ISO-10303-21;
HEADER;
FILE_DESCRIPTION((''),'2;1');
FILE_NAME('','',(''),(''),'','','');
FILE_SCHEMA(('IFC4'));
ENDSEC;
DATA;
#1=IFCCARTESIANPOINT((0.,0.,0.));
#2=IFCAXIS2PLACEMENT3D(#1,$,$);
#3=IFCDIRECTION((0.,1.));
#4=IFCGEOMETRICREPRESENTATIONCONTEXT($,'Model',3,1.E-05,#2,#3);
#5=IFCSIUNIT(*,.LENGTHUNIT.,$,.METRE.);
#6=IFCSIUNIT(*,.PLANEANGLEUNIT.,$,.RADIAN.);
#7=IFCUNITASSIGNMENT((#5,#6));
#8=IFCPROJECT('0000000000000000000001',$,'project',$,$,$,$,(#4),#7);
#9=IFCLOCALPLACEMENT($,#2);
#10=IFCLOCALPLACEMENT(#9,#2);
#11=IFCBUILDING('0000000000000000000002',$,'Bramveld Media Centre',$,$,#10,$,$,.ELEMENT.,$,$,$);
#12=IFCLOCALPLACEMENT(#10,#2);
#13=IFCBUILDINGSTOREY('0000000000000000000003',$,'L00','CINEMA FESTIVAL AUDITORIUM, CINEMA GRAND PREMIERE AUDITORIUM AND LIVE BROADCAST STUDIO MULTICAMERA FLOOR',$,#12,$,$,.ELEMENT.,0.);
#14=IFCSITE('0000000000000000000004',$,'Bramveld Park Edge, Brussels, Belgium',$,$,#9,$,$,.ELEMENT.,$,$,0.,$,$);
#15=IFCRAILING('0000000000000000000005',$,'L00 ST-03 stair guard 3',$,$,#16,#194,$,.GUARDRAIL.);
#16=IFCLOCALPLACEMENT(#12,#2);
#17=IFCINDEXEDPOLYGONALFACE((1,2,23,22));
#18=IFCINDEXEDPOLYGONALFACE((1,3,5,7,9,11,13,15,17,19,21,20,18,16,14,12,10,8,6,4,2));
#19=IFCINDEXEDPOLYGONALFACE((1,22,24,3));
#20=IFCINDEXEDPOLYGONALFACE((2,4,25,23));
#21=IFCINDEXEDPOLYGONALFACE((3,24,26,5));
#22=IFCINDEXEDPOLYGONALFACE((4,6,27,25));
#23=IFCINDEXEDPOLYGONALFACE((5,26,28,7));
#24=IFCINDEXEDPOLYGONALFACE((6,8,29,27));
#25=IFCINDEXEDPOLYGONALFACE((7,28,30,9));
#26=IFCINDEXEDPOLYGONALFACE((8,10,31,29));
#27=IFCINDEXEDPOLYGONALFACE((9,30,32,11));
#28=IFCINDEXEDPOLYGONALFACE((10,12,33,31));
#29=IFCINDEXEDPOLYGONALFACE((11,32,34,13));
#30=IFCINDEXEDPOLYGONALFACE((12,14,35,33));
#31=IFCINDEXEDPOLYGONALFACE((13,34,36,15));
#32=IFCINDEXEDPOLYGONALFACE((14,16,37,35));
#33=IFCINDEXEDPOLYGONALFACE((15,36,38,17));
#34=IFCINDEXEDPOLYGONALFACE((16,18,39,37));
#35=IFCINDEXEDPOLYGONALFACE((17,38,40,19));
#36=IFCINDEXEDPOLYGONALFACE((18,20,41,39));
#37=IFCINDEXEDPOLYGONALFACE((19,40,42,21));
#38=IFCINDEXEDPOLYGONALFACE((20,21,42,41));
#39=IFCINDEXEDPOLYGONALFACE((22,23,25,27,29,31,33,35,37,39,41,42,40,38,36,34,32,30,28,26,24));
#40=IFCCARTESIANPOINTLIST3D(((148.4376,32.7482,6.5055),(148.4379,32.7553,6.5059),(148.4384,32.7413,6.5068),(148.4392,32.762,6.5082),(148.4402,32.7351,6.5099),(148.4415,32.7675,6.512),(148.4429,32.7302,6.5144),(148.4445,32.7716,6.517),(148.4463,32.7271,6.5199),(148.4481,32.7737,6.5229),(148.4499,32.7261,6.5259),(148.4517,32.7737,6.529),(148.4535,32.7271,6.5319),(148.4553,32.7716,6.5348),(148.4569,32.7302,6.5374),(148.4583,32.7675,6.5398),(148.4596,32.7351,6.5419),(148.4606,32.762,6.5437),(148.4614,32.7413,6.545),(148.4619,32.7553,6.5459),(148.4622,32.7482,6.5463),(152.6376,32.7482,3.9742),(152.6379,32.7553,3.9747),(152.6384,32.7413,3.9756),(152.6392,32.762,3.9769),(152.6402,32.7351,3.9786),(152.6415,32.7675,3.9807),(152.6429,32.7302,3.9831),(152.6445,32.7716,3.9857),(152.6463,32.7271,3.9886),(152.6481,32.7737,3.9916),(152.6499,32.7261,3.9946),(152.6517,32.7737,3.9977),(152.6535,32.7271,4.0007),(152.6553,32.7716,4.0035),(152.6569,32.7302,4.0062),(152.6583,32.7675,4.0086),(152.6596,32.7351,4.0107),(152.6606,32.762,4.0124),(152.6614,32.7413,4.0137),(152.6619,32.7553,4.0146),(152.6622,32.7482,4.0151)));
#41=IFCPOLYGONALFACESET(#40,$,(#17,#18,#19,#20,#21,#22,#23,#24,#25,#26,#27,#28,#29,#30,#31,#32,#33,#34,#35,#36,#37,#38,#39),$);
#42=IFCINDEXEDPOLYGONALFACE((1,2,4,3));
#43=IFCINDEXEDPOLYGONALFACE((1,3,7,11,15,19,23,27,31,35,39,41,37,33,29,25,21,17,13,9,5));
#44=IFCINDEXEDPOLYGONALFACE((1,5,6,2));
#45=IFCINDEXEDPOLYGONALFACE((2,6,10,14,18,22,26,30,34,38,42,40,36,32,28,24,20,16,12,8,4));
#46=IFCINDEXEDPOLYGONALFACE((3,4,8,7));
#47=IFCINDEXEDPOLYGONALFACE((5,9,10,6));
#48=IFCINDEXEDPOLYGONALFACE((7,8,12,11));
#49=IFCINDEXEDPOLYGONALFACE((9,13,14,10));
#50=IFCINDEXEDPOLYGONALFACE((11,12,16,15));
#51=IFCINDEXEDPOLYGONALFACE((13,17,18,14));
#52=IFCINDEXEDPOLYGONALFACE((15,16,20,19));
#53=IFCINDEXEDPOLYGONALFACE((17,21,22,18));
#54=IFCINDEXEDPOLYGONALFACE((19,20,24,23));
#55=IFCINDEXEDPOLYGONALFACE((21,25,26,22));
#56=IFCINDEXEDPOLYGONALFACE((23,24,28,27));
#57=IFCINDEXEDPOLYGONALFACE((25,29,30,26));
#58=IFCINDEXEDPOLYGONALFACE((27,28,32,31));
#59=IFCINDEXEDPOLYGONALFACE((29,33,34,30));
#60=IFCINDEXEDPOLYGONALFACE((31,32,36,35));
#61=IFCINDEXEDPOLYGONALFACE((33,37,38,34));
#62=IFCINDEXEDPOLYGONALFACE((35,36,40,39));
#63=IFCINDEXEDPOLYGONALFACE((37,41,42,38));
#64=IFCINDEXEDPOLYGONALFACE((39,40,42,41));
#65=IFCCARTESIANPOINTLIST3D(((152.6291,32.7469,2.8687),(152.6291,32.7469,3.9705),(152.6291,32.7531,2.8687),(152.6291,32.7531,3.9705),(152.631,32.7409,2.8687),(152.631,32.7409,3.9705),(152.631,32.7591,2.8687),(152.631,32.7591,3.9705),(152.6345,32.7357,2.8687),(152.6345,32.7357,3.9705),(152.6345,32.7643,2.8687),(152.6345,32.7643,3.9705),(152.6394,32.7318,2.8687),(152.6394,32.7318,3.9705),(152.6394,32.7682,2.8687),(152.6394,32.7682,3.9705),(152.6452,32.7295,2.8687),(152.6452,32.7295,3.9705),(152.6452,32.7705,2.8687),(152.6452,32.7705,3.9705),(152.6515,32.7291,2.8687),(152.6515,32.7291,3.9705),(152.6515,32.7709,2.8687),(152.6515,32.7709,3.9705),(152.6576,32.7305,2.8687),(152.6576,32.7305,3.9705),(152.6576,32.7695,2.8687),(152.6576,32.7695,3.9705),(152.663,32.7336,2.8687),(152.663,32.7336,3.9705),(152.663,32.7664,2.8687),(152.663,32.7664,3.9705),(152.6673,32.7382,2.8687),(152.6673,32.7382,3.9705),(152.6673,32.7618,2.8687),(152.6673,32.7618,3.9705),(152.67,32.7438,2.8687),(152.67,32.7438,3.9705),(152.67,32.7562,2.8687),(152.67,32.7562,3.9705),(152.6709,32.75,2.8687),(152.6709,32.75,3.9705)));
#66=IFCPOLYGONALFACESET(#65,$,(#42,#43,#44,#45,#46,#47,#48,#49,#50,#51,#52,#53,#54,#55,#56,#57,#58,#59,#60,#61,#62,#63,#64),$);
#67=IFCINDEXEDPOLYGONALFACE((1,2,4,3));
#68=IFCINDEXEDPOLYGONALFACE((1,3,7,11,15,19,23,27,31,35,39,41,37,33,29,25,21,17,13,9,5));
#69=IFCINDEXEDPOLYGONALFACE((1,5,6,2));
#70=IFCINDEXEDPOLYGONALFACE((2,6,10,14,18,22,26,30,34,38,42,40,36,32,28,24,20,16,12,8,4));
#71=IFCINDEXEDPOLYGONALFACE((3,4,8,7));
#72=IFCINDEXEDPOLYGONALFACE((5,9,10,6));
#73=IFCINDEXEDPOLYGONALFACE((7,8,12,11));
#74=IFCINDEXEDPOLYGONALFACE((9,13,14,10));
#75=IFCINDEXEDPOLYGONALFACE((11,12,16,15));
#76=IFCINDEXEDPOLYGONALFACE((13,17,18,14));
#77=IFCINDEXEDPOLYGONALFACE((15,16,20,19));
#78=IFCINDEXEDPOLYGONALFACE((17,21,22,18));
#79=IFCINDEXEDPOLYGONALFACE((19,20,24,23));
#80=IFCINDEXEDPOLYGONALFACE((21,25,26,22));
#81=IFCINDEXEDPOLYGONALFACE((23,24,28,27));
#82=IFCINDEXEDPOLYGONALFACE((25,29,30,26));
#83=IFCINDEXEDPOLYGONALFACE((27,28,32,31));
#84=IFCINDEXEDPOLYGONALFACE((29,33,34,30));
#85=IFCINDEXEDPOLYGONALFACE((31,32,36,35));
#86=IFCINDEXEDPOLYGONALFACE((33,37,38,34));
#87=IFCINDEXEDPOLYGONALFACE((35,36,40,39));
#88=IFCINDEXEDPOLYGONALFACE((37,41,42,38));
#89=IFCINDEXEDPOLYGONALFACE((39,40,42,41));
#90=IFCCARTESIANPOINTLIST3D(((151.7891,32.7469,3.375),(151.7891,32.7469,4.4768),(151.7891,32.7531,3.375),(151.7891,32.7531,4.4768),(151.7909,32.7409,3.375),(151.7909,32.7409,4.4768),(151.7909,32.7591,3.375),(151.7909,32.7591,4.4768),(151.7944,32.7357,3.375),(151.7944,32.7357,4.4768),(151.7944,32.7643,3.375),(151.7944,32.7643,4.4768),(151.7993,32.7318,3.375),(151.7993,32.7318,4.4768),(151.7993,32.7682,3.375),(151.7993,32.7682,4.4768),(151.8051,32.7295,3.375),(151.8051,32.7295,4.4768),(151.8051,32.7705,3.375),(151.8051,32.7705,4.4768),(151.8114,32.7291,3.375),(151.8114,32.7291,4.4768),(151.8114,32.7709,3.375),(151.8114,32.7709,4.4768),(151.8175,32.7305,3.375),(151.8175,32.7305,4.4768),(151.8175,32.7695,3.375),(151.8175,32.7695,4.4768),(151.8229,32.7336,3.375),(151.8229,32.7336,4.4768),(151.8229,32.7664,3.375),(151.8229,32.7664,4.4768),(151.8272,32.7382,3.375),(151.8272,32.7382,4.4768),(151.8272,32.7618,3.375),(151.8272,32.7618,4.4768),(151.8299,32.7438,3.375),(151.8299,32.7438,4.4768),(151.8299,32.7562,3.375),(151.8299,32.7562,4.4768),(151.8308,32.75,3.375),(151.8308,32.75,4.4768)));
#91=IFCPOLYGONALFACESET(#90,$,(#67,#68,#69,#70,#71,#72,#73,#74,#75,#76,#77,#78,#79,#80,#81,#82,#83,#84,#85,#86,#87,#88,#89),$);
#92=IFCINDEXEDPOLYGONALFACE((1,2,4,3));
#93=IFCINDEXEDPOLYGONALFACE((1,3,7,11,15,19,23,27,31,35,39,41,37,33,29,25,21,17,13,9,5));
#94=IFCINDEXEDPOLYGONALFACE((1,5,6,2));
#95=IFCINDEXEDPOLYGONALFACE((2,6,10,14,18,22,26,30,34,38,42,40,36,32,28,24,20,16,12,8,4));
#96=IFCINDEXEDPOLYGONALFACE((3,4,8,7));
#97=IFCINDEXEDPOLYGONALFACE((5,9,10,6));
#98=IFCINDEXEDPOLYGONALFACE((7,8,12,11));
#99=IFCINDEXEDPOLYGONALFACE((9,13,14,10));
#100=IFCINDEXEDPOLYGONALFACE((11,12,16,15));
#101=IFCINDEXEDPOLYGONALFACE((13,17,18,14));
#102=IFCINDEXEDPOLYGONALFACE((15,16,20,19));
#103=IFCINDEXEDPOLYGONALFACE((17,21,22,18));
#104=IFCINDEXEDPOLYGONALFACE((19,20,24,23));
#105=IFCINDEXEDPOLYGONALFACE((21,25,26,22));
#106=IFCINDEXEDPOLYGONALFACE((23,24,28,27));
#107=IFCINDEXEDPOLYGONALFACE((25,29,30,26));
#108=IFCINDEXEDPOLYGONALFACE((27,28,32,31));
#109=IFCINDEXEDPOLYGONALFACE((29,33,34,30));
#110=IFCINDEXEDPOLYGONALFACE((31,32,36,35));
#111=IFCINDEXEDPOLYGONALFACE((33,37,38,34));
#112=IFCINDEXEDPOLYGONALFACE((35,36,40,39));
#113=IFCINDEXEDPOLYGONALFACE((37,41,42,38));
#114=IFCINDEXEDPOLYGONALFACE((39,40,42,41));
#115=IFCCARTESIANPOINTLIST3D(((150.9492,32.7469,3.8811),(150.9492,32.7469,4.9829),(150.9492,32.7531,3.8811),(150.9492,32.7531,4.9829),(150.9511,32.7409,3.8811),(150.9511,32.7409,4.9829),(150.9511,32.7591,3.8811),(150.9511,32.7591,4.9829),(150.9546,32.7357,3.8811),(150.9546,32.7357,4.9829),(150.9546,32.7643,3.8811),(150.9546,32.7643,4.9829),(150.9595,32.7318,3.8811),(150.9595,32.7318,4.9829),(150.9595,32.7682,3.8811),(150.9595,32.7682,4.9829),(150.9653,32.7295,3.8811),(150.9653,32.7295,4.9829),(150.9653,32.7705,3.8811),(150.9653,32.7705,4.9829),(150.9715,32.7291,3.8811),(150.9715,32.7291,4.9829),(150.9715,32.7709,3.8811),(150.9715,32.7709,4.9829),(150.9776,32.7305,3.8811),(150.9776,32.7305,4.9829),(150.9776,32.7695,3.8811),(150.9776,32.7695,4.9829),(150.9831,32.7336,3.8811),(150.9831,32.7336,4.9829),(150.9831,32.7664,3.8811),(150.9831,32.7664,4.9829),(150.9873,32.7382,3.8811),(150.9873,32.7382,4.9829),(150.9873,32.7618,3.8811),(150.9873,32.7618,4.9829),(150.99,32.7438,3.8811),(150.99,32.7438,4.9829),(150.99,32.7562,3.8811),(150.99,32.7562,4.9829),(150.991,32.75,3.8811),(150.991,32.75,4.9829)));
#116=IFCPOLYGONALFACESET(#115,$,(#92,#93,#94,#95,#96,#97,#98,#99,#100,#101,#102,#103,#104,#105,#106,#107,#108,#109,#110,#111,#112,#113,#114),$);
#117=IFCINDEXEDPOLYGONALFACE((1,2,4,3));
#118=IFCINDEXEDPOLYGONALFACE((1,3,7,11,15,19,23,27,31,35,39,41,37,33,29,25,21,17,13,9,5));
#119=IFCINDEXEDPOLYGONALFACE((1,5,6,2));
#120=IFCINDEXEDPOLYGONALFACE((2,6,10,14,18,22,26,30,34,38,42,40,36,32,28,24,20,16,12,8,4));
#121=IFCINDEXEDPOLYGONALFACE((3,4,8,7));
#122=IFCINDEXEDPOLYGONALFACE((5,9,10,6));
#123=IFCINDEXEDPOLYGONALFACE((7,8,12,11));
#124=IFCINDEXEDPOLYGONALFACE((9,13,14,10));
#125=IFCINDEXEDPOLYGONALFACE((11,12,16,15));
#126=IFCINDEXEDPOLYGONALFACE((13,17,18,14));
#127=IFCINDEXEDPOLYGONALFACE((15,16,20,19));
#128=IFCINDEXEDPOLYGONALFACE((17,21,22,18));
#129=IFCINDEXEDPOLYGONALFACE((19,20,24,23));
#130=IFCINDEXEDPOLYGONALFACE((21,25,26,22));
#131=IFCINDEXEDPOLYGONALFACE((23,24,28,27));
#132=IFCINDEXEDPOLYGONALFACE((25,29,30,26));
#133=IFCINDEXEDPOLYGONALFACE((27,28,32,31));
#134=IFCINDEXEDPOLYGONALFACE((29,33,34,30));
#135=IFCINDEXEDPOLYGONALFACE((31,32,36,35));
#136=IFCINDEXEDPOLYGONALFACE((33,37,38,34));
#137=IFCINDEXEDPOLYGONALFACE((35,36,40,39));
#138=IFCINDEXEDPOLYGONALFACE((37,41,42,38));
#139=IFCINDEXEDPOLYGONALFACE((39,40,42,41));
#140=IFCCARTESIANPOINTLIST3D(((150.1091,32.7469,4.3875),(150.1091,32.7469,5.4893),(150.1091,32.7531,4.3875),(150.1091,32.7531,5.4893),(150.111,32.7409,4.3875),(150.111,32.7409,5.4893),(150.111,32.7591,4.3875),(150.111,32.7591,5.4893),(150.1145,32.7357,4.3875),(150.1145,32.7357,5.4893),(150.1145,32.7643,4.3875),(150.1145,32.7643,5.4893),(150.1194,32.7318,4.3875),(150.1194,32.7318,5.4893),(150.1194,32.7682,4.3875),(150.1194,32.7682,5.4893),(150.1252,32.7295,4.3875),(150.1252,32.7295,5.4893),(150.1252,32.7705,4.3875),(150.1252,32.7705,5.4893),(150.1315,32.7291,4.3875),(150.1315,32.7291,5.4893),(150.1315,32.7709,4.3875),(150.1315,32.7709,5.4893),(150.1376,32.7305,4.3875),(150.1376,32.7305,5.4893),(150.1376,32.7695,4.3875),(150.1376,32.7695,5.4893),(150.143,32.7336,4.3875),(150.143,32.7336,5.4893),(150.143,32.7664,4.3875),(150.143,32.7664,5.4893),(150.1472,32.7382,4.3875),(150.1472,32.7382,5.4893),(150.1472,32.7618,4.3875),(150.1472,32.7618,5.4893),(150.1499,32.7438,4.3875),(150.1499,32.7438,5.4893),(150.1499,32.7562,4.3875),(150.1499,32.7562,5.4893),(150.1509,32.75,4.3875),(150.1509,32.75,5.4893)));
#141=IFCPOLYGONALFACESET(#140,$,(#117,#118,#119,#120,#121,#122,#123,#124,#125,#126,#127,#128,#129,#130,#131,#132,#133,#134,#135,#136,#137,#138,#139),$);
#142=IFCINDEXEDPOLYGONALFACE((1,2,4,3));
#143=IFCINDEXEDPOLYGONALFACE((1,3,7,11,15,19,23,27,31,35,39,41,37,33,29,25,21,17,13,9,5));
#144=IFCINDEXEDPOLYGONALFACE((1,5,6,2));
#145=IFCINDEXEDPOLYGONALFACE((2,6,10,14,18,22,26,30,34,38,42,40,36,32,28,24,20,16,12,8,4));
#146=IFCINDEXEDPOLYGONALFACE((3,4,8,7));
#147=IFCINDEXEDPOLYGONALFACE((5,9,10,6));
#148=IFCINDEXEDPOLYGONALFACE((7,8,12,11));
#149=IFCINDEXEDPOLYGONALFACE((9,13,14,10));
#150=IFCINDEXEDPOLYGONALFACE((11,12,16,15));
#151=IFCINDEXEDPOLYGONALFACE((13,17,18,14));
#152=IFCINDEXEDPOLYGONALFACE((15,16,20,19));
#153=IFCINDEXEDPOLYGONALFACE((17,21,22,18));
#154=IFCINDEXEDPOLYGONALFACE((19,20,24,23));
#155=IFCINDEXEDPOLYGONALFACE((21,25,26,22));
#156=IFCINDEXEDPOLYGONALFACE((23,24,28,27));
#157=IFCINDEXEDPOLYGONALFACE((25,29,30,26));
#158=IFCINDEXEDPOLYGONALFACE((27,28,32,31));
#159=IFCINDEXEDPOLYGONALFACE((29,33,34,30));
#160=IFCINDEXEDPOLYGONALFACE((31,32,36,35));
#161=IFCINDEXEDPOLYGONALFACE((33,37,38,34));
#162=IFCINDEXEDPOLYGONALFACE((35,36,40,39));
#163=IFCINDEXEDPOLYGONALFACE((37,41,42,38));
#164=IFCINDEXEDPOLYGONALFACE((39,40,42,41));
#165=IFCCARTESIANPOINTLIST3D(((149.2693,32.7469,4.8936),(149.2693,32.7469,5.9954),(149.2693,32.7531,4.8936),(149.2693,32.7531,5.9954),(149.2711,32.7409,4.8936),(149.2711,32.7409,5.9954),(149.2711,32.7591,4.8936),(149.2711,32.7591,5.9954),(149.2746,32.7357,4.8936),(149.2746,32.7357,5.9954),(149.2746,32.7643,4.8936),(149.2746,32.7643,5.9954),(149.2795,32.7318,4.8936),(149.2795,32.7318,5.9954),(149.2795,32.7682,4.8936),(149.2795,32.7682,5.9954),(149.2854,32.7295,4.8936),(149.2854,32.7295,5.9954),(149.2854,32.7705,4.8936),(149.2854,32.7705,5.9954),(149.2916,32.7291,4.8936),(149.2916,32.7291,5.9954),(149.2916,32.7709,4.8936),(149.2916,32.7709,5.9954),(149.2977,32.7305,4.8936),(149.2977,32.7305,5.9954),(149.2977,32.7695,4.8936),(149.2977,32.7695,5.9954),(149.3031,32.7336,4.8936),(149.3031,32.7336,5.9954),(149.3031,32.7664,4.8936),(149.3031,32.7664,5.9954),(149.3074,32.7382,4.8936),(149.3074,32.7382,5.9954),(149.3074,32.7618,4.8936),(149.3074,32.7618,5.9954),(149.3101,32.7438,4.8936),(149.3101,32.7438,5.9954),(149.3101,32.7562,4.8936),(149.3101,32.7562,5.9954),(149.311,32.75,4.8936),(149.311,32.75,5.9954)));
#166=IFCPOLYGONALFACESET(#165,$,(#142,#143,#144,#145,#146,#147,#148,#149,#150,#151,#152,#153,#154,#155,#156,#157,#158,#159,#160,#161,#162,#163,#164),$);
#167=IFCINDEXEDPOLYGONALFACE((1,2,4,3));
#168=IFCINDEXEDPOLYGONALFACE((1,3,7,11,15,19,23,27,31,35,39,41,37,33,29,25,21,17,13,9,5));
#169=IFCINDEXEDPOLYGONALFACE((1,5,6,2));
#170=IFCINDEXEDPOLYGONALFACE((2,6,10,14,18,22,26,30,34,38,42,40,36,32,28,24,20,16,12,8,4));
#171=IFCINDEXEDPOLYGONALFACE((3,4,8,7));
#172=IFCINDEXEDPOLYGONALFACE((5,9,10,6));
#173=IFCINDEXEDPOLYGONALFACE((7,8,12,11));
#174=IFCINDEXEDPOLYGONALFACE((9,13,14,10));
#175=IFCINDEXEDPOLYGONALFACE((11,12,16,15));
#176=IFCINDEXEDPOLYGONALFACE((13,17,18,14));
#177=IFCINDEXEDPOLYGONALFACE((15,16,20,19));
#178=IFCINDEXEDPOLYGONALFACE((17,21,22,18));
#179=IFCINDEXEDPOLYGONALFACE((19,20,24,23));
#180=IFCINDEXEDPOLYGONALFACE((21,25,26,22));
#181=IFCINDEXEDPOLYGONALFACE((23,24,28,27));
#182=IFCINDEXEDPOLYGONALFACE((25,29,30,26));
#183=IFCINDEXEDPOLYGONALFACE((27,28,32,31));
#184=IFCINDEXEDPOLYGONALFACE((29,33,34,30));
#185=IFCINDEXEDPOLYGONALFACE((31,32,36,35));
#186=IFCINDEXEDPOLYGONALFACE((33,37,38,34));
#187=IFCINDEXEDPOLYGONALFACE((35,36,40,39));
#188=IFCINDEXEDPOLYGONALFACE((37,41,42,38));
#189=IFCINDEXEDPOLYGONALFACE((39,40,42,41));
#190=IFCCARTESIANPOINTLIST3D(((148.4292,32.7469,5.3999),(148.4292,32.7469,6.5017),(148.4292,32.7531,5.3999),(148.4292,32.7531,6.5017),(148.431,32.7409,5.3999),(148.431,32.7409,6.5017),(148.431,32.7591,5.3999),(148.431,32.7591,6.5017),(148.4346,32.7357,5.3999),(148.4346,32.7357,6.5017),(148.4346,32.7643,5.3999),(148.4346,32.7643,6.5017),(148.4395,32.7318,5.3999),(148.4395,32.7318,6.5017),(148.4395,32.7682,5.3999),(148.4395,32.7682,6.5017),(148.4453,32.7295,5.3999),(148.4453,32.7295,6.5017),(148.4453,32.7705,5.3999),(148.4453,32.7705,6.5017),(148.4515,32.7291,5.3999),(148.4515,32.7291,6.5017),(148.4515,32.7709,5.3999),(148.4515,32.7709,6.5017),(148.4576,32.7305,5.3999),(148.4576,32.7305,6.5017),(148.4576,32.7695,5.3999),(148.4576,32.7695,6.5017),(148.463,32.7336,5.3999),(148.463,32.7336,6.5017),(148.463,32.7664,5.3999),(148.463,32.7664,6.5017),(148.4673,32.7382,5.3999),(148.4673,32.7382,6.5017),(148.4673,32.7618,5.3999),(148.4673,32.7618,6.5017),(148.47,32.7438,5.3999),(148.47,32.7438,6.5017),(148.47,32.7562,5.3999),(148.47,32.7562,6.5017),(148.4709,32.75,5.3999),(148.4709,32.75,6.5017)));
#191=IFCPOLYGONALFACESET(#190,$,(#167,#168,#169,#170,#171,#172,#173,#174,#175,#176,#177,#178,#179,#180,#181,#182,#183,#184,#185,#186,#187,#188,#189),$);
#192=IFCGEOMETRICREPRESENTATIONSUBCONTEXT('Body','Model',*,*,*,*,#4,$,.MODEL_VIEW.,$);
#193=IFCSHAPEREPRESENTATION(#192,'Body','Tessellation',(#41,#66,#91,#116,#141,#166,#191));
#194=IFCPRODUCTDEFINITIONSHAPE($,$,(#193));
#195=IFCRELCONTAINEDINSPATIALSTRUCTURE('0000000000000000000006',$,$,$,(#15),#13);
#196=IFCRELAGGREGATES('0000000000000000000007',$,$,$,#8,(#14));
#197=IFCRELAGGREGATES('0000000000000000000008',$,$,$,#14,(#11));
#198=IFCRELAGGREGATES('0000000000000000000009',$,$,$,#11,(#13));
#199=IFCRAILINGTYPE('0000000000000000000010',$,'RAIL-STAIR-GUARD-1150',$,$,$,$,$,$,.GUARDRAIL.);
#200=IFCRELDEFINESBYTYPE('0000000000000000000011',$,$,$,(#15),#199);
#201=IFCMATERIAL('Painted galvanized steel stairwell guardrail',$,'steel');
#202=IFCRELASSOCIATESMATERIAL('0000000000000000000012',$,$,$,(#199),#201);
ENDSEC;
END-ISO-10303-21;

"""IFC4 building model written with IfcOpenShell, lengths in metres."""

from ifc_helpers import new_model, si_unit, direction, frame, origin, origin_2d, place, context, subcontext, project, spatial, circle, extrude, material, type_object, element, save


model = new_model("IFC4")

# Units and contexts
model_context = context("Model", 3, precision=1e-05, world=origin(), true_north=direction((0.0, 1.0)))
body_context = subcontext(model_context, "Body", "Model", "MODEL_VIEW")
ifc_project = project(units=[si_unit("LENGTHUNIT", "METRE"), si_unit("PLANEANGLEUNIT", "RADIAN")], contexts=[model_context])

# Site, building, storey
site_placement = place(None, origin())
site = spatial("IfcSite", under=ifc_project, at=site_placement, Name="Bramveld Park Edge, Brussels, Belgium", CompositionType="ELEMENT", RefElevation=0.0)
building_placement = place(site_placement, origin())
building = spatial("IfcBuilding", under=site, at=building_placement, Name="Bramveld Media Centre", CompositionType="ELEMENT")
storey_placement = place(building_placement, origin())
storey = spatial("IfcBuildingStorey", under=building, at=storey_placement, Name="L00", Description="CINEMA FESTIVAL AUDITORIUM, CINEMA GRAND PREMIERE AUDITORIUM AND LIVE BROADCAST STUDIO MULTICAMERA FLOOR", CompositionType="ELEMENT", Elevation=0.0)

# Railing
ifc_material_1 = material(Name="Painted galvanized steel stairwell guardrail", Category="steel")
railing_type_1 = type_object("IfcRailingType", Name="RAIL-STAIR-GUARD-1150", PredefinedType="GUARDRAIL", material=ifc_material_1)
railing_1_placement = place(storey_placement, frame((152.6499, 32.75, 2.8687)))
element("IfcRailing", 1, at=railing_1_placement, inside=storey, type_object=railing_type_1, Name="L00 ST-03 stair guard 3", PredefinedType="GUARDRAIL", context=body_context, shape_type="SweptSolid", body=[
    extrude(circle(Radius=0.0239, at=origin_2d()), frame((0.0, 0.0, 1.126), z_axis=(-0.856476, 0.0, 0.516186), x_axis=(0.0, -1.0, 0.0)), (0.0, 0.0, 1.0), 4.9038),
    extrude(circle(Radius=0.021, at=origin_2d()), origin(), (0.0, 0.0, 1.0), 1.1018),
    extrude(circle(Radius=0.021, at=origin_2d()), frame((-0.8401, 0.0, 0.5063)), (0.0, 0.0, 1.0), 1.1018),
    extrude(circle(Radius=0.021, at=origin_2d()), frame((-1.6799, 0.0, 1.0125)), (0.0, 0.0, 1.0), 1.1018),
    extrude(circle(Radius=0.021, at=origin_2d()), frame((-2.52, 0.0, 1.5188)), (0.0, 0.0, 1.0), 1.1018),
    extrude(circle(Radius=0.021, at=origin_2d()), frame((-3.3599, 0.0, 2.0249)), (0.0, 0.0, 1.0), 1.1018),
    extrude(circle(Radius=0.021, at=origin_2d()), frame((-4.2, 0.0, 2.5312)), (0.0, 0.0, 1.0), 1.1018),
])

save(model, "model.ifc")
